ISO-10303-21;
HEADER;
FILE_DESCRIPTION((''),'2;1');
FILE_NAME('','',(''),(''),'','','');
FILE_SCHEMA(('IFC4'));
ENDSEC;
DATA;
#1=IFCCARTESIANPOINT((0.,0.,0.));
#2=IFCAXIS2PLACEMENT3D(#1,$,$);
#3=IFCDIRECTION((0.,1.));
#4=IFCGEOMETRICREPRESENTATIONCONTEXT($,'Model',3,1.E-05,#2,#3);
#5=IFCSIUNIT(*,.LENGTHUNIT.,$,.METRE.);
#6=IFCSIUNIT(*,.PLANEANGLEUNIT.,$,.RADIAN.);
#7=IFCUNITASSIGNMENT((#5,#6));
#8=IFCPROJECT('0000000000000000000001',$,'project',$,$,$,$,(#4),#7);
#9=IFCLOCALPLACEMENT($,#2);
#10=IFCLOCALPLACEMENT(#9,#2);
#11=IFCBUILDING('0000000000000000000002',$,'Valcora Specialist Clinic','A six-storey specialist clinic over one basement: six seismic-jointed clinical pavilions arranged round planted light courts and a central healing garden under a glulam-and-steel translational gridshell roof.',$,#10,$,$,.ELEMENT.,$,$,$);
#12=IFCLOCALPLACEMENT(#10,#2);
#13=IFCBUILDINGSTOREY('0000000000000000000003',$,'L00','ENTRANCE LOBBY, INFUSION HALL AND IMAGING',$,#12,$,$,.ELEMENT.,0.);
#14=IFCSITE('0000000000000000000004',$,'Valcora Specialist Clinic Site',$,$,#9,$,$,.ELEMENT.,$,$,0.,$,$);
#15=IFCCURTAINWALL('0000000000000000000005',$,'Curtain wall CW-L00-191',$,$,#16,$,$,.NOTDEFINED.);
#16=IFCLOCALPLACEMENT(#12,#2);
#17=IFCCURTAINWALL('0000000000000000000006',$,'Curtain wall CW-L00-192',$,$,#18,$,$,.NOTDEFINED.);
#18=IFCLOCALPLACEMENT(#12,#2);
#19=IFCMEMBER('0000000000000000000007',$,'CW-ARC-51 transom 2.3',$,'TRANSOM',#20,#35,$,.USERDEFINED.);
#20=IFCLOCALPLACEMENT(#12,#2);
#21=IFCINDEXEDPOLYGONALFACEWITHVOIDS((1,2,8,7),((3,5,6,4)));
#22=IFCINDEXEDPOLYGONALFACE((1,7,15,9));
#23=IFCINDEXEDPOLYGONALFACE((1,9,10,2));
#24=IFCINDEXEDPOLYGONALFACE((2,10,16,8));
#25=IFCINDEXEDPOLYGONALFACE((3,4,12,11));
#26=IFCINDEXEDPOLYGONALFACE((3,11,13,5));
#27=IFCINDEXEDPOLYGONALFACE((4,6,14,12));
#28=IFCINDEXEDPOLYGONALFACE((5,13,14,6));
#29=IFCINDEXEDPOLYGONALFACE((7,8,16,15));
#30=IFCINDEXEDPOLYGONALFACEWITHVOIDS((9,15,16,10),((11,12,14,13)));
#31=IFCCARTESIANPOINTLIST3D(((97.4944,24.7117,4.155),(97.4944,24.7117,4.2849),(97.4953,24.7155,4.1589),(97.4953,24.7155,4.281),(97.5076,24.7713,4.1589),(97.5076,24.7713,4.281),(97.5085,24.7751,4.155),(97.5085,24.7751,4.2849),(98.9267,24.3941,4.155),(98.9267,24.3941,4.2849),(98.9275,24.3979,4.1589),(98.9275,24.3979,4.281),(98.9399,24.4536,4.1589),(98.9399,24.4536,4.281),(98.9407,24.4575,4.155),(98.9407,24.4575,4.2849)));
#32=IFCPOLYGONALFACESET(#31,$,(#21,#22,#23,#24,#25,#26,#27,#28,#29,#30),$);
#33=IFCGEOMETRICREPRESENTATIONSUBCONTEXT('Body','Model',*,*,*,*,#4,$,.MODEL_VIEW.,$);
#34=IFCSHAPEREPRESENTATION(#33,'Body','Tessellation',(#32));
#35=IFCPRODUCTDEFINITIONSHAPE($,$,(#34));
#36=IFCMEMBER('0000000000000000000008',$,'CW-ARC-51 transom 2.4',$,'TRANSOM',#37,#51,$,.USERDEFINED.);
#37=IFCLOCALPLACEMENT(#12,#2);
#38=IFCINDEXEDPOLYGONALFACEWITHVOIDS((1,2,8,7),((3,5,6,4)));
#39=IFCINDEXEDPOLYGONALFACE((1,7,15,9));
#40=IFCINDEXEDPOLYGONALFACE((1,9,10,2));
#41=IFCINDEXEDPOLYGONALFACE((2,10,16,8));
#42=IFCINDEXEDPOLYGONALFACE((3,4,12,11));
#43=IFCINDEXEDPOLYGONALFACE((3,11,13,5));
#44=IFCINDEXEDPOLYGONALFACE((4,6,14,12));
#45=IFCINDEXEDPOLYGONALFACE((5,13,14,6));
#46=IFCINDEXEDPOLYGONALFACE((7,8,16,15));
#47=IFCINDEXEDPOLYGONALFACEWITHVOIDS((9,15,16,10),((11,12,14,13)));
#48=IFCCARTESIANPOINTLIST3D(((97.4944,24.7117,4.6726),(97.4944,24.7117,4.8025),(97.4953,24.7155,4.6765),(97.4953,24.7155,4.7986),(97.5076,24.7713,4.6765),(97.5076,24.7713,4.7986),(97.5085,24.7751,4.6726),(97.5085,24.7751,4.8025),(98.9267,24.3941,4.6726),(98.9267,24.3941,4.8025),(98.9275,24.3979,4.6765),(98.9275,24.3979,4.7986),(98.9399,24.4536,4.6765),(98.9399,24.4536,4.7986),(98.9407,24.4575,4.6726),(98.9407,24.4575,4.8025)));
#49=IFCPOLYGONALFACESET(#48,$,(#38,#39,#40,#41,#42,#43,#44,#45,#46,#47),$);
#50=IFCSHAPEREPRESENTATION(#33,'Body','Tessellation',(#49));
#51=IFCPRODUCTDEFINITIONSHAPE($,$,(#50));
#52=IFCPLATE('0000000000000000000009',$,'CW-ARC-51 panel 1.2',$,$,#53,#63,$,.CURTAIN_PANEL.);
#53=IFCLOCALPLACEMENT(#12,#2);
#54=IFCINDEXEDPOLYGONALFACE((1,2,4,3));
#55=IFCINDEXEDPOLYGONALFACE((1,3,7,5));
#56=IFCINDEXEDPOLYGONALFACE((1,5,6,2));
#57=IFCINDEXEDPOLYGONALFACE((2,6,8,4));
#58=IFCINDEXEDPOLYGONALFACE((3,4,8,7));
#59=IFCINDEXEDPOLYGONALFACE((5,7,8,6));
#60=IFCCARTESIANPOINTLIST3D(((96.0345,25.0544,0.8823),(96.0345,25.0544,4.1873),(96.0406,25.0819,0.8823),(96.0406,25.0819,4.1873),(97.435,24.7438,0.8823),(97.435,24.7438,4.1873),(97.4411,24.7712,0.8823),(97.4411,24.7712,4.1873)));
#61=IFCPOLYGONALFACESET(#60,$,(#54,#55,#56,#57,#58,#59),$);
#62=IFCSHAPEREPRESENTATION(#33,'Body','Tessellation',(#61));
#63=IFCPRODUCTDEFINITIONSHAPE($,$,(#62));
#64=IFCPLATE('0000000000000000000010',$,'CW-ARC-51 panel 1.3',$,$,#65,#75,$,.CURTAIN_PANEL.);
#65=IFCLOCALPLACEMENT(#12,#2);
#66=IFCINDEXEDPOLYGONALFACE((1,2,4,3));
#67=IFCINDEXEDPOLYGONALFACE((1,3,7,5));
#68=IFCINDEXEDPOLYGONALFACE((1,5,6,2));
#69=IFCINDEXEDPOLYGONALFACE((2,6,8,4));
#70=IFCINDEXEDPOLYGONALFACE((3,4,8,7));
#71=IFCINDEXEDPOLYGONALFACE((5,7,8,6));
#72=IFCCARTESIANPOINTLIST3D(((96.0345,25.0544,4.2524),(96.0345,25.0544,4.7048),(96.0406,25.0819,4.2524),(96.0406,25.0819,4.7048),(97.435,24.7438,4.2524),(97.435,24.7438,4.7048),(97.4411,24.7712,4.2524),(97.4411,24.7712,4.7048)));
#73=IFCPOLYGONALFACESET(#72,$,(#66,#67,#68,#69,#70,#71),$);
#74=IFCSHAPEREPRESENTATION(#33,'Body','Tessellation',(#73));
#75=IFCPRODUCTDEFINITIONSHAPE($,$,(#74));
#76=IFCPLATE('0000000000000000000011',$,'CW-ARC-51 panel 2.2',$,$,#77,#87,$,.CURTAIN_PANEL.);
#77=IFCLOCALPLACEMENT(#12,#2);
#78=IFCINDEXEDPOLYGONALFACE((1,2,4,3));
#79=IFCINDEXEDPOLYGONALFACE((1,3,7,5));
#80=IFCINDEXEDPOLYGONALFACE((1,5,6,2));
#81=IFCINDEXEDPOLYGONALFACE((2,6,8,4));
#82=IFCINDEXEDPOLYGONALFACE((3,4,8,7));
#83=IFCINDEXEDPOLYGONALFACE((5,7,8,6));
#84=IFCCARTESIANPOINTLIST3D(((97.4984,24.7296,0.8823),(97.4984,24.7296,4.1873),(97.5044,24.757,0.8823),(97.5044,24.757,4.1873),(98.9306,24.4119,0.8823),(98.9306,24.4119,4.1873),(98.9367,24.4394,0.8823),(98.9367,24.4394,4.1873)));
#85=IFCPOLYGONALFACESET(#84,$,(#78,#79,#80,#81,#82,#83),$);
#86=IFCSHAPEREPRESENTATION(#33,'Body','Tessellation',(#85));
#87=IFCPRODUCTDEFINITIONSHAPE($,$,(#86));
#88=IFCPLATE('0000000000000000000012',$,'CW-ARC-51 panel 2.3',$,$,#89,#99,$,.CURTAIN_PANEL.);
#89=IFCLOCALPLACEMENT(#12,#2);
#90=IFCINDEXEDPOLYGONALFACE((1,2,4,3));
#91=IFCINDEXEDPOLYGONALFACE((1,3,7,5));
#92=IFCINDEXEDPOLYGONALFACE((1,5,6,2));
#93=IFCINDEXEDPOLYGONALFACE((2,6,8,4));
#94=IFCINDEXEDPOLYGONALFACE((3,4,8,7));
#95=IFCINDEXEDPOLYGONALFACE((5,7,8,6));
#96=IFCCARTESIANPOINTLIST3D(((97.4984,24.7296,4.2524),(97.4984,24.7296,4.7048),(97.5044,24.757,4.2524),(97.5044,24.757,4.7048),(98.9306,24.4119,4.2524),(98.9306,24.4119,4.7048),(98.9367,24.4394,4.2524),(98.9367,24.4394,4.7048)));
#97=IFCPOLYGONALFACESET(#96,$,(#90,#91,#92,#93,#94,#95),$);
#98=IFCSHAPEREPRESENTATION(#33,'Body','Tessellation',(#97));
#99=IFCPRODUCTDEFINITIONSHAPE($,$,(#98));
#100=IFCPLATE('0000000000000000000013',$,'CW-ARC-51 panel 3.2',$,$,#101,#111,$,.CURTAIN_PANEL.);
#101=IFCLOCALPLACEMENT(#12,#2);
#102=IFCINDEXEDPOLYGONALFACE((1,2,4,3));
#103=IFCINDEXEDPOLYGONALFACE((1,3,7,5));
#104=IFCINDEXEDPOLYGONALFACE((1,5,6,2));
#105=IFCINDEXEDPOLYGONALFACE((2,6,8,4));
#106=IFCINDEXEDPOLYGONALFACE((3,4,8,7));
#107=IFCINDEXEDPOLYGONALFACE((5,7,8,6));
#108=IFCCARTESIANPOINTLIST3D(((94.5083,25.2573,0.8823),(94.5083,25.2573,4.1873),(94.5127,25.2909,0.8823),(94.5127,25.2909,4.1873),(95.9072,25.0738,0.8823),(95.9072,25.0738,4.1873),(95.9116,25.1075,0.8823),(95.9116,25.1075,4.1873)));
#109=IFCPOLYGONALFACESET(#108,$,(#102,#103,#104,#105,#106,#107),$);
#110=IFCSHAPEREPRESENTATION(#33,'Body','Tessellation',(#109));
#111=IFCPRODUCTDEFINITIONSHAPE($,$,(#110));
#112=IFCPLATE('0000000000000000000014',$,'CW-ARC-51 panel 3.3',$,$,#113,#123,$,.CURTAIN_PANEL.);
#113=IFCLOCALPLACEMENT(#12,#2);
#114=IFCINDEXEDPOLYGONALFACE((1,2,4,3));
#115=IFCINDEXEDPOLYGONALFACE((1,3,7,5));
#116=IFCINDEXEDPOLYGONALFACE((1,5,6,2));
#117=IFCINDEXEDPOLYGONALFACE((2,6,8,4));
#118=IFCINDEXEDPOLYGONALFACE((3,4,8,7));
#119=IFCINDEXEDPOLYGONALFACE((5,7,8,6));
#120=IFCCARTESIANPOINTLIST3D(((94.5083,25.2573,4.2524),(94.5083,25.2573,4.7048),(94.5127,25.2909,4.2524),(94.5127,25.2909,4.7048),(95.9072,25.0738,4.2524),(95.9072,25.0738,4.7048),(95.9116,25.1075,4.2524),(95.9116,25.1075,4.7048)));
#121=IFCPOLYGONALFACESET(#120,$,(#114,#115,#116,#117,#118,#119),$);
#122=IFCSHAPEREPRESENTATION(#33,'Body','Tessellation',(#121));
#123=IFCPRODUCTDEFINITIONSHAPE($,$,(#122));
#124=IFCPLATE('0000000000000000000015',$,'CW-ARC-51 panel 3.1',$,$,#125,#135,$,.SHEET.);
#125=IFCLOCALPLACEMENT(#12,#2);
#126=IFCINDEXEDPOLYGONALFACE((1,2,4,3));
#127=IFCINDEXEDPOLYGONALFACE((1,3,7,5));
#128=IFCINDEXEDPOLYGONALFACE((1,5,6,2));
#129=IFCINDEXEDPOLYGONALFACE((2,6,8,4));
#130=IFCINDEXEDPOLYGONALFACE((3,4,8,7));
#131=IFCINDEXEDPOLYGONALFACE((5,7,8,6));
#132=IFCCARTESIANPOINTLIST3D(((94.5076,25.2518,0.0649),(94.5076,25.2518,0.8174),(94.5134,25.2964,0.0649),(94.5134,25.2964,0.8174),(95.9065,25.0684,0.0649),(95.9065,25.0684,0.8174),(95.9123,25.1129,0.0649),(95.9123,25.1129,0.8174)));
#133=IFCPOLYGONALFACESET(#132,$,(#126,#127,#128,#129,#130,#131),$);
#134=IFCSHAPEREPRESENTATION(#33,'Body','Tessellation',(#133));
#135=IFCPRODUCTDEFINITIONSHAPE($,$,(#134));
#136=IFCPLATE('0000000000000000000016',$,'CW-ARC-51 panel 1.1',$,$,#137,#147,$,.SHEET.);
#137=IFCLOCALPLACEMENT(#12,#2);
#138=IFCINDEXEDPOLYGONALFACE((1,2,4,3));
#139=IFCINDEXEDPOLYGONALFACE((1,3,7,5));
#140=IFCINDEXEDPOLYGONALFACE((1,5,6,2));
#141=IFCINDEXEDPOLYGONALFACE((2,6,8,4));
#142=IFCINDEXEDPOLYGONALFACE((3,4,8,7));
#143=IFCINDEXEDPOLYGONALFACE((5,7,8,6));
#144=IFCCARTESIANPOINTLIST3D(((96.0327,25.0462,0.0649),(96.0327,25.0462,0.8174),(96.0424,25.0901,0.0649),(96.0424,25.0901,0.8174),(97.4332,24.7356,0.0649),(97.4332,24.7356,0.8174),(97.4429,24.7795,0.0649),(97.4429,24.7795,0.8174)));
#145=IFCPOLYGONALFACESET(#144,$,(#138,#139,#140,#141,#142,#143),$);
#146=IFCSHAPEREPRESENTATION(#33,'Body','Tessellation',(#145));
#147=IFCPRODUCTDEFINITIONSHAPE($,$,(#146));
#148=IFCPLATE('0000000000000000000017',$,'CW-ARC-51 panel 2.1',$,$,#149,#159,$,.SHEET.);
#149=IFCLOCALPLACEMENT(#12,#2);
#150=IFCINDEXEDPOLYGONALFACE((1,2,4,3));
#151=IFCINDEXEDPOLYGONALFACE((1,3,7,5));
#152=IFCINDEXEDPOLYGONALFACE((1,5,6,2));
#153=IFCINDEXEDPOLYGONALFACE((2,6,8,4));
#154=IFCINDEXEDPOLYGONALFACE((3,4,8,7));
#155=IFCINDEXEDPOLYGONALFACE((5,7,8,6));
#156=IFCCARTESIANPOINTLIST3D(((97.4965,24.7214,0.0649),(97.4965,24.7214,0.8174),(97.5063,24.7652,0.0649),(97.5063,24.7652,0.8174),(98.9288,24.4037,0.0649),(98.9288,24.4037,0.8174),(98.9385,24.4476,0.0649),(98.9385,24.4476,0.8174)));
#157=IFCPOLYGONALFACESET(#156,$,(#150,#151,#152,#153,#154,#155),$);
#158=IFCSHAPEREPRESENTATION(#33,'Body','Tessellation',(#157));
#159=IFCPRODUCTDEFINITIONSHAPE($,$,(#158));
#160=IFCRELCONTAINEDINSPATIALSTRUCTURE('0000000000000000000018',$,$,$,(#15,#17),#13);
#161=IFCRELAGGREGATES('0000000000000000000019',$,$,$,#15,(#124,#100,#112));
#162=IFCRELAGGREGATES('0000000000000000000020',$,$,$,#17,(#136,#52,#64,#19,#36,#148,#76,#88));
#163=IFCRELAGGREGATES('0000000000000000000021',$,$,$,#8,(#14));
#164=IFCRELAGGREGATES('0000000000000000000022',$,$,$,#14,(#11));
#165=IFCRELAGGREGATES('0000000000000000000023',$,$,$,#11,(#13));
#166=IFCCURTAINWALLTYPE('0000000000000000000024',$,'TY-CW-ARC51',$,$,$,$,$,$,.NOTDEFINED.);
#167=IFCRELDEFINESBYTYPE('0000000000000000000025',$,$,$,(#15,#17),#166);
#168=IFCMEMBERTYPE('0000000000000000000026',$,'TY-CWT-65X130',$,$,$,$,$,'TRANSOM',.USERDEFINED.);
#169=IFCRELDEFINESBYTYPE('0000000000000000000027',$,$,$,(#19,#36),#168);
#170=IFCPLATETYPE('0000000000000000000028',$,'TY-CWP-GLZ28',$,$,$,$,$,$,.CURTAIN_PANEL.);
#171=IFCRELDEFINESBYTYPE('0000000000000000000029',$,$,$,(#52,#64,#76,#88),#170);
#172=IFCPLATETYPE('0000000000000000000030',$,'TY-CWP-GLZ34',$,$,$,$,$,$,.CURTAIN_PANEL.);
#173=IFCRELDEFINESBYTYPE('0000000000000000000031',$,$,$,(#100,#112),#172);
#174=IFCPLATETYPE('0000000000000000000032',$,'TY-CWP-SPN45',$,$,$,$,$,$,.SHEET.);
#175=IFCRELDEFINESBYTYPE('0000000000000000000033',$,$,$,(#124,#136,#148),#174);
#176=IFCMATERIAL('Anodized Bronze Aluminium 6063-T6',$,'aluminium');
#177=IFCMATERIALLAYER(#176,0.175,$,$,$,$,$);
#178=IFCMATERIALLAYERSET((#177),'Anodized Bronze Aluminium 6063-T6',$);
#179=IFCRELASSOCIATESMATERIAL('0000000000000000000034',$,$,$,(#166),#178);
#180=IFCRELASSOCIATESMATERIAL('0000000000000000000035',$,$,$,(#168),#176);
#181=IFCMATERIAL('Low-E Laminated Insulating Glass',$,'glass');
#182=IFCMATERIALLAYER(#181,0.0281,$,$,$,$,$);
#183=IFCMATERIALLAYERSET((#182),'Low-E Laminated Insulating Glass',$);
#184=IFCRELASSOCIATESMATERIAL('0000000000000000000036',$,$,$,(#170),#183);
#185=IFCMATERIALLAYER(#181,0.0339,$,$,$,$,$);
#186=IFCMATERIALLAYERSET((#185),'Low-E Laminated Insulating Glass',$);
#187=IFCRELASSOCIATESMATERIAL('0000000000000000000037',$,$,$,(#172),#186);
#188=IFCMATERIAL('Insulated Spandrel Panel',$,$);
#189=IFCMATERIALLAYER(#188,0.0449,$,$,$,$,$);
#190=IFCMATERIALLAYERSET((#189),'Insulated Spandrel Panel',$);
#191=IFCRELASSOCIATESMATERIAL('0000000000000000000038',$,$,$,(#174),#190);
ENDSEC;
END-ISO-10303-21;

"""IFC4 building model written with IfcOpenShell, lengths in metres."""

from ifc_helpers import new_model, si_unit, direction, frame, origin, origin_2d, place, context, subcontext, project, spatial, rectangle, hollow_rectangle, extrude, material, layer, layer_set, material_profile, profile_set, type_object, element, aggregate, save


model = new_model("IFC4")

# Units and contexts
model_context = context("Model", 3, precision=1e-05, world=origin(), true_north=direction((0.0, 1.0)))
body_context = subcontext(model_context, "Body", "Model", "MODEL_VIEW")
ifc_project = project(units=[si_unit("LENGTHUNIT", "METRE"), si_unit("PLANEANGLEUNIT", "RADIAN")], contexts=[model_context])

# Site, building, storey
site_placement = place(None, origin())
site = spatial("IfcSite", under=ifc_project, at=site_placement, Name="Valcora Specialist Clinic Site", CompositionType="ELEMENT", RefElevation=0.0)
building_placement = place(site_placement, origin())
building = spatial("IfcBuilding", under=site, at=building_placement, Name="Valcora Specialist Clinic", Description="A six-storey specialist clinic over one basement: six seismic-jointed clinical pavilions arranged round planted light courts and a central healing garden under a glulam-and-steel translational gridshell roof.", CompositionType="ELEMENT")
storey_placement = place(building_placement, origin())
storey = spatial("IfcBuildingStorey", under=building, at=storey_placement, Name="L00", Description="ENTRANCE LOBBY, INFUSION HALL AND IMAGING", CompositionType="ELEMENT", Elevation=0.0)

# Curtain wall
ifc_material_1 = material(Name="Anodized Bronze Aluminium 6063-T6", Category="aluminium")
ifc_layer_1 = layer(ifc_material_1, 0.175)
ifc_layer_set_1 = layer_set([ifc_layer_1], Name="Anodized Bronze Aluminium 6063-T6")
curtain_wall_type = type_object("IfcCurtainWallType", Name="TY-CW-ARC51", PredefinedType="NOTDEFINED", material=ifc_layer_set_1)
curtain_wall_1_placement = place(storey_placement, origin())
curtain_wall_1 = element("IfcCurtainWall", 1, at=curtain_wall_1_placement, inside=storey, type_object=curtain_wall_type, Name="Curtain wall CW-L00-191", PredefinedType="NOTDEFINED")

# Curtain wall
curtain_wall_2_placement = place(storey_placement, origin())
curtain_wall_2 = element("IfcCurtainWall", 2, at=curtain_wall_2_placement, inside=storey, type_object=curtain_wall_type, Name="Curtain wall CW-L00-192", PredefinedType="NOTDEFINED")

# Members
ifc_material_profile_1 = material_profile(ifc_material_1, hollow_rectangle(XDim=0.0649, YDim=0.1299, WallThickness=0.0039, at=origin_2d()), Name="AL-TRN-65X130")
ifc_profile_set_1 = profile_set([ifc_material_profile_1], Name="Anodized Bronze Aluminium 6063-T6")
member_type_1 = type_object("IfcMemberType", Name="TY-CWT-65X130", ElementType="TRANSOM", PredefinedType="USERDEFINED", material=ifc_profile_set_1)
member_1_placement = place(storey_placement, frame((97.5015, 24.7434, 4.22), z_axis=(0.976277, -0.216525, 0.0), x_axis=(0.216525, 0.976277, 0.0)))
member_1 = element("IfcMember", 3, at=member_1_placement, type_object=member_type_1, Name="CW-ARC-51 transom 2.3", ObjectType="TRANSOM", PredefinedType="USERDEFINED", context=body_context, shape_type="SweptSolid", body=[
    extrude(hollow_rectangle(XDim=0.0649, YDim=0.1299, WallThickness=0.0039, at=origin_2d()), origin(), (0.0, 0.0, 1.0), 1.467),
])
member_2_placement = place(storey_placement, frame((97.5015, 24.7434, 4.7375), z_axis=(0.976277, -0.216525, 0.0), x_axis=(0.216525, 0.976277, 0.0)))
member_2 = element("IfcMember", 4, at=member_2_placement, type_object=member_type_1, Name="CW-ARC-51 transom 2.4", ObjectType="TRANSOM", PredefinedType="USERDEFINED", context=body_context, shape_type="SweptSolid", body=[
    extrude(hollow_rectangle(XDim=0.0649, YDim=0.1299, WallThickness=0.0039, at=origin_2d()), origin(), (0.0, 0.0, 1.0), 1.467),
])

# Plates
ifc_material_2 = material(Name="Low-E Laminated Insulating Glass", Category="glass")
ifc_layer_2 = layer(ifc_material_2, 0.0281)
ifc_layer_set_2 = layer_set([ifc_layer_2], Name="Low-E Laminated Insulating Glass")
plate_type_1 = type_object("IfcPlateType", Name="TY-CWP-GLZ28", PredefinedType="CURTAIN_PANEL", material=ifc_layer_set_2)
plate_1_placement = place(storey_placement, frame((96.7378, 24.9128, 0.8823), z_axis=(0.0, 0.0, 1.0), x_axis=(0.976279, -0.216518, 0.0)))
plate_1 = element("IfcPlate", 5, at=plate_1_placement, type_object=plate_type_1, Name="CW-ARC-51 panel 1.2", PredefinedType="CURTAIN_PANEL", context=body_context, shape_type="SweptSolid", body=[
    extrude(rectangle(XDim=1.4346, YDim=0.0281, at=origin_2d()), origin(), (0.0, 0.0, 1.0), 3.3049),
])
plate_2_placement = place(storey_placement, frame((96.7378, 24.9128, 4.2524), z_axis=(0.0, 0.0, 1.0), x_axis=(0.976279, -0.216518, 0.0)))
plate_2 = element("IfcPlate", 6, at=plate_2_placement, type_object=plate_type_1, Name="CW-ARC-51 panel 1.3", PredefinedType="CURTAIN_PANEL", context=body_context, shape_type="SweptSolid", body=[
    extrude(rectangle(XDim=1.4346, YDim=0.0281, at=origin_2d()), origin(), (0.0, 0.0, 1.0), 0.4524),
])
plate_3_placement = place(storey_placement, frame((98.2175, 24.5845, 0.8823), z_axis=(0.0, 0.0, 1.0), x_axis=(0.976279, -0.216518, 0.0)))
plate_3 = element("IfcPlate", 7, at=plate_3_placement, type_object=plate_type_1, Name="CW-ARC-51 panel 2.2", PredefinedType="CURTAIN_PANEL", context=body_context, shape_type="SweptSolid", body=[
    extrude(rectangle(XDim=1.467, YDim=0.0281, at=origin_2d()), origin(), (0.0, 0.0, 1.0), 3.3049),
])
plate_4_placement = place(storey_placement, frame((98.2175, 24.5845, 4.2524), z_axis=(0.0, 0.0, 1.0), x_axis=(0.976279, -0.216518, 0.0)))
plate_4 = element("IfcPlate", 8, at=plate_4_placement, type_object=plate_type_1, Name="CW-ARC-51 panel 2.3", PredefinedType="CURTAIN_PANEL", context=body_context, shape_type="SweptSolid", body=[
    extrude(rectangle(XDim=1.467, YDim=0.0281, at=origin_2d()), origin(), (0.0, 0.0, 1.0), 0.4524),
])
ifc_layer_3 = layer(ifc_material_2, 0.0339)
ifc_layer_set_3 = layer_set([ifc_layer_3], Name="Low-E Laminated Insulating Glass")
plate_type_2 = type_object("IfcPlateType", Name="TY-CWP-GLZ34", PredefinedType="CURTAIN_PANEL", material=ifc_layer_set_3)
plate_5_placement = place(storey_placement, frame((95.21, 25.1824, 0.8823), z_axis=(0.0, 0.0, 1.0), x_axis=(0.991514, -0.129999, 0.0)))
plate_5 = element("IfcPlate", 9, at=plate_5_placement, type_object=plate_type_2, Name="CW-ARC-51 panel 3.2", PredefinedType="CURTAIN_PANEL", context=body_context, shape_type="SweptSolid", body=[
    extrude(rectangle(XDim=1.4109, YDim=0.0339, at=origin_2d()), origin(), (0.0, 0.0, 1.0), 3.3049),
])
plate_6_placement = place(storey_placement, frame((95.21, 25.1824, 4.2524), z_axis=(0.0, 0.0, 1.0), x_axis=(0.991514, -0.129999, 0.0)))
plate_6 = element("IfcPlate", 10, at=plate_6_placement, type_object=plate_type_2, Name="CW-ARC-51 panel 3.3", PredefinedType="CURTAIN_PANEL", context=body_context, shape_type="SweptSolid", body=[
    extrude(rectangle(XDim=1.4109, YDim=0.0339, at=origin_2d()), origin(), (0.0, 0.0, 1.0), 0.4524),
])
ifc_material_3 = material(Name="Insulated Spandrel Panel")
ifc_layer_4 = layer(ifc_material_3, 0.0449)
ifc_layer_set_4 = layer_set([ifc_layer_4], Name="Insulated Spandrel Panel")
plate_type_3 = type_object("IfcPlateType", Name="TY-CWP-SPN45", PredefinedType="SHEET", material=ifc_layer_set_4)
plate_7_placement = place(storey_placement, frame((95.21, 25.1824, 0.0649), z_axis=(0.0, 0.0, 1.0), x_axis=(0.991514, -0.129999, 0.0)))
plate_7 = element("IfcPlate", 11, at=plate_7_placement, type_object=plate_type_3, Name="CW-ARC-51 panel 3.1", PredefinedType="SHEET", context=body_context, shape_type="SweptSolid", body=[
    extrude(rectangle(XDim=1.4109, YDim=0.0449, at=origin_2d()), origin(), (0.0, 0.0, 1.0), 0.7524),
])
aggregate(curtain_wall_1, [plate_7, plate_5, plate_6])
plate_8_placement = place(storey_placement, frame((96.7378, 24.9128, 0.0649), z_axis=(0.0, 0.0, 1.0), x_axis=(0.976279, -0.216518, 0.0)))
plate_8 = element("IfcPlate", 12, at=plate_8_placement, type_object=plate_type_3, Name="CW-ARC-51 panel 1.1", PredefinedType="SHEET", context=body_context, shape_type="SweptSolid", body=[
    extrude(rectangle(XDim=1.4346, YDim=0.0449, at=origin_2d()), origin(), (0.0, 0.0, 1.0), 0.7524),
])
plate_9_placement = place(storey_placement, frame((98.2175, 24.5845, 0.0649), z_axis=(0.0, 0.0, 1.0), x_axis=(0.976279, -0.216518, 0.0)))
plate_9 = element("IfcPlate", 13, at=plate_9_placement, type_object=plate_type_3, Name="CW-ARC-51 panel 2.1", PredefinedType="SHEET", context=body_context, shape_type="SweptSolid", body=[
    extrude(rectangle(XDim=1.467, YDim=0.0449, at=origin_2d()), origin(), (0.0, 0.0, 1.0), 0.7524),
])
aggregate(curtain_wall_2, [plate_8, plate_1, plate_2, member_1, member_2, plate_9, plate_3, plate_4])

save(model, "model.ifc")
